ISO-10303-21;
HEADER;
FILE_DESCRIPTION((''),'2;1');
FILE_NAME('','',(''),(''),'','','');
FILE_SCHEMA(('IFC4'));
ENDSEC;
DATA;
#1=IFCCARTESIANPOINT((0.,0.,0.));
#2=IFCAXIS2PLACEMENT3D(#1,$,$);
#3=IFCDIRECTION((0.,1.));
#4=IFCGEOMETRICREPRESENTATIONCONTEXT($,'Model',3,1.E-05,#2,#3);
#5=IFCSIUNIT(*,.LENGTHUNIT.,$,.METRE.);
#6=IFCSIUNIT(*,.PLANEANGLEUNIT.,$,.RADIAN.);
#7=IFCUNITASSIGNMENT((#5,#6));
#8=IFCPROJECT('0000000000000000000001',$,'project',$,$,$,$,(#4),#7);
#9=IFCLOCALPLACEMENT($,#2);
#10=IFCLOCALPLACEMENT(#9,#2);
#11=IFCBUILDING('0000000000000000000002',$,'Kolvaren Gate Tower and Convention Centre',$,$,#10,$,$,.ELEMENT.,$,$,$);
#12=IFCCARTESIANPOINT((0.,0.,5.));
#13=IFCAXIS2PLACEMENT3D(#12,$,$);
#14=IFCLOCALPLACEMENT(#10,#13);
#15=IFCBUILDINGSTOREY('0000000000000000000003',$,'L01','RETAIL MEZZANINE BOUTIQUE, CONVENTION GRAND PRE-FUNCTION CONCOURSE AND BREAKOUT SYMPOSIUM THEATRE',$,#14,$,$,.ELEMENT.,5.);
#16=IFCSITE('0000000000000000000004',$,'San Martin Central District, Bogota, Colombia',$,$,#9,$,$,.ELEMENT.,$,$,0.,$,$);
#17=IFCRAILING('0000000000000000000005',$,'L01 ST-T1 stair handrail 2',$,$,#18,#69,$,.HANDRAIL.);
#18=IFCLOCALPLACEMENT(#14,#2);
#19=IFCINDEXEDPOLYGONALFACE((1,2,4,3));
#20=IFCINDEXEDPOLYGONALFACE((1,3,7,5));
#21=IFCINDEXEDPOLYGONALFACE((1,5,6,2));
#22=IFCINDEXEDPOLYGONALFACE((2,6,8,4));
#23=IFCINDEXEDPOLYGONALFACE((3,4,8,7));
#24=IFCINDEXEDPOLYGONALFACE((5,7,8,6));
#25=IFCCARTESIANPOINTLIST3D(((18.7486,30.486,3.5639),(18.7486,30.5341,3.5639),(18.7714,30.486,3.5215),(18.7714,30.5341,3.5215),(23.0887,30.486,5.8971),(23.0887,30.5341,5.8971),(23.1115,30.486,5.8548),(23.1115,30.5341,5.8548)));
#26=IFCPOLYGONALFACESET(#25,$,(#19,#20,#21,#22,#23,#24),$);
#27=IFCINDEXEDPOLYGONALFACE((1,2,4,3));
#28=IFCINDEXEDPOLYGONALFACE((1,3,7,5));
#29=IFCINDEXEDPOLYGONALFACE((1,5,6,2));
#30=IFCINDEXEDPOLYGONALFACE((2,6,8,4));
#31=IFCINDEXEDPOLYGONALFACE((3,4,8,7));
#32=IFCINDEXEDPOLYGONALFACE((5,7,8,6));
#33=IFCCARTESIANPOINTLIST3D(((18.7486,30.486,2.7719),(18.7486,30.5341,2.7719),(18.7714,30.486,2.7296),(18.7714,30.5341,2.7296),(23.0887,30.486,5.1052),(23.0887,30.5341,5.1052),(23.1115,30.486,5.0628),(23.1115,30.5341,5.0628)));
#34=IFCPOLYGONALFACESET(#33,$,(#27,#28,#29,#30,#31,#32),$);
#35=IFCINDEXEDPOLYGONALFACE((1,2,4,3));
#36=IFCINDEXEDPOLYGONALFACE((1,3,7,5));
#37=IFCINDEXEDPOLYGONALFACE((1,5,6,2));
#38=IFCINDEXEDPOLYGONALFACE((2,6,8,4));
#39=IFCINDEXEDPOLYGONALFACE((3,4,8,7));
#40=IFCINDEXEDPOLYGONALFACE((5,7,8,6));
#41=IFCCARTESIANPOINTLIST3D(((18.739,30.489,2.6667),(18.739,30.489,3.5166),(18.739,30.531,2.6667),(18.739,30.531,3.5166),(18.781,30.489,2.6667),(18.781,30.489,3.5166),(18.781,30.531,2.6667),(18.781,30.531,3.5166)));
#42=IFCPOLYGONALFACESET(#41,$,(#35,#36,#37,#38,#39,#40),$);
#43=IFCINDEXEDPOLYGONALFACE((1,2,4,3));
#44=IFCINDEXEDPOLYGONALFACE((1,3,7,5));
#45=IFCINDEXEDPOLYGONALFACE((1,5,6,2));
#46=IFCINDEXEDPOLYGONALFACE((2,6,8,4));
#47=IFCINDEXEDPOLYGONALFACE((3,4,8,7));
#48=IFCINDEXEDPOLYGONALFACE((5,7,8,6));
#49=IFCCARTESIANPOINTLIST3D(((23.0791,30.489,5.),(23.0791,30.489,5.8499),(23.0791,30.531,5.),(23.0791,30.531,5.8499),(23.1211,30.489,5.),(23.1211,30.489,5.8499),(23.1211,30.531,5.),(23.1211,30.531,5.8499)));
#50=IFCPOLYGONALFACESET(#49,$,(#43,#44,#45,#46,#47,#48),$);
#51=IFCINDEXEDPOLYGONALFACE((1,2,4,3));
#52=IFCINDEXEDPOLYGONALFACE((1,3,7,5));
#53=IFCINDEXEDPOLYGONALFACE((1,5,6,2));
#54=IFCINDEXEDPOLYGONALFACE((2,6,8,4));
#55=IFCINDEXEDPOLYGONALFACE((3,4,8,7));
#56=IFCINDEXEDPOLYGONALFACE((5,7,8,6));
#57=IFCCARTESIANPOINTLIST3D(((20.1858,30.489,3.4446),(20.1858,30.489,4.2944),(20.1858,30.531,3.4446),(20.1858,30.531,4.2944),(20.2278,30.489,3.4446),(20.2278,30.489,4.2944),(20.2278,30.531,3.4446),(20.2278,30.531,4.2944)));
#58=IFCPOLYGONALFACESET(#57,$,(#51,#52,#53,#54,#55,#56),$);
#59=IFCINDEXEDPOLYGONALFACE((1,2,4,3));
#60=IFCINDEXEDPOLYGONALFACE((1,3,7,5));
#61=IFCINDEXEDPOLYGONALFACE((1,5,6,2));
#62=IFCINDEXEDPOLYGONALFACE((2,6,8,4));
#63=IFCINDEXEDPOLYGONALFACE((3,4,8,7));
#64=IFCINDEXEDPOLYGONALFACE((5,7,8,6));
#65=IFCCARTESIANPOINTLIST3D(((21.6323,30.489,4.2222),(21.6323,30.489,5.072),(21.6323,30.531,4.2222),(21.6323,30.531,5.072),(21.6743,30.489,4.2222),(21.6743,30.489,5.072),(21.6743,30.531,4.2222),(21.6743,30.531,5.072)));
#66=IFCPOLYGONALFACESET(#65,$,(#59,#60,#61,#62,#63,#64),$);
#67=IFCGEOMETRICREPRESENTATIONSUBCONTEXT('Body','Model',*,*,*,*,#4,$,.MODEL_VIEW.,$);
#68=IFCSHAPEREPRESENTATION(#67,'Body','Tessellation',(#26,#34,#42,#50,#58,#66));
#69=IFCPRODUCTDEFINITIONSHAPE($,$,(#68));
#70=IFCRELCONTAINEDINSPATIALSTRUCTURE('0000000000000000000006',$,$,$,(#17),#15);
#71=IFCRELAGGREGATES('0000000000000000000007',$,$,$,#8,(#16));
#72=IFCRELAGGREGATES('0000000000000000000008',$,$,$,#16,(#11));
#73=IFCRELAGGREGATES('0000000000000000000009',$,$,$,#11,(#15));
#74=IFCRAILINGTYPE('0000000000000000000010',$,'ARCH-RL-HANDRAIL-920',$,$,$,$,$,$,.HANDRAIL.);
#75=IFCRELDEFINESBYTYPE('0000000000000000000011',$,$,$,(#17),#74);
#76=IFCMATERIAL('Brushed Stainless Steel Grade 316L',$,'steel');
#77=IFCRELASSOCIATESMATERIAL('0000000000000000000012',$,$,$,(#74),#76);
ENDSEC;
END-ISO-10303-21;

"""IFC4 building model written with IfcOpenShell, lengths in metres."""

from ifc_helpers import new_model, si_unit, direction, frame, origin, origin_2d, place, context, subcontext, project, spatial, rectangle, extrude, material, type_object, element, save


model = new_model("IFC4")

# Units and contexts
model_context = context("Model", 3, precision=1e-05, world=origin(), true_north=direction((0.0, 1.0)))
body_context = subcontext(model_context, "Body", "Model", "MODEL_VIEW")
ifc_project = project(units=[si_unit("LENGTHUNIT", "METRE"), si_unit("PLANEANGLEUNIT", "RADIAN")], contexts=[model_context])

# Site, building, storey
site_placement = place(None, origin())
site = spatial("IfcSite", under=ifc_project, at=site_placement, Name="San Martin Central District, Bogota, Colombia", CompositionType="ELEMENT", RefElevation=0.0)
building_placement = place(site_placement, origin())
building = spatial("IfcBuilding", under=site, at=building_placement, Name="Kolvaren Gate Tower and Convention Centre", CompositionType="ELEMENT")
storey_placement = place(building_placement, frame((0.0, 0.0, 5.0)))
storey = spatial("IfcBuildingStorey", under=building, at=storey_placement, Name="L01", Description="RETAIL MEZZANINE BOUTIQUE, CONVENTION GRAND PRE-FUNCTION CONCOURSE AND BREAKOUT SYMPOSIUM THEATRE", CompositionType="ELEMENT", Elevation=5.0)

# Railing
ifc_material_1 = material(Name="Brushed Stainless Steel Grade 316L", Category="steel")
railing_type_1 = type_object("IfcRailingType", Name="ARCH-RL-HANDRAIL-920", PredefinedType="HANDRAIL", material=ifc_material_1)
railing_1_placement = place(storey_placement, frame((18.76, 30.51, 2.6667)))
element("IfcRailing", 1, at=railing_1_placement, inside=storey, type_object=railing_type_1, Name="L01 ST-T1 stair handrail 2", PredefinedType="HANDRAIL", context=body_context, shape_type="SweptSolid", body=[
    extrude(rectangle(XDim=0.0481, YDim=0.0481, at=origin_2d()), frame((0.0, 0.0, 0.876), z_axis=(0.880786, 0.0, 0.473515), x_axis=(0.0, 1.0, 0.0)), (0.0, 0.0, 1.0), 4.9275),
    extrude(rectangle(XDim=0.0481, YDim=0.0481, at=origin_2d()), frame((0.0, 0.0, 0.084), z_axis=(0.880786, 0.0, 0.473515), x_axis=(0.0, 1.0, 0.0)), (0.0, 0.0, 1.0), 4.9275),
    extrude(rectangle(XDim=0.042, YDim=0.042, at=origin_2d()), origin(), (0.0, 0.0, 1.0), 0.8499),
    extrude(rectangle(XDim=0.042, YDim=0.042, at=origin_2d()), frame((4.3401, 0.0, 2.3333)), (0.0, 0.0, 1.0), 0.8499),
    extrude(rectangle(XDim=0.042, YDim=0.042, at=origin_2d()), frame((1.4468, 0.0, 0.7778)), (0.0, 0.0, 1.0), 0.8499),
    extrude(rectangle(XDim=0.042, YDim=0.042, at=origin_2d()), frame((2.8933, 0.0, 1.5554)), (0.0, 0.0, 1.0), 0.8499),
])

save(model, "model.ifc")
